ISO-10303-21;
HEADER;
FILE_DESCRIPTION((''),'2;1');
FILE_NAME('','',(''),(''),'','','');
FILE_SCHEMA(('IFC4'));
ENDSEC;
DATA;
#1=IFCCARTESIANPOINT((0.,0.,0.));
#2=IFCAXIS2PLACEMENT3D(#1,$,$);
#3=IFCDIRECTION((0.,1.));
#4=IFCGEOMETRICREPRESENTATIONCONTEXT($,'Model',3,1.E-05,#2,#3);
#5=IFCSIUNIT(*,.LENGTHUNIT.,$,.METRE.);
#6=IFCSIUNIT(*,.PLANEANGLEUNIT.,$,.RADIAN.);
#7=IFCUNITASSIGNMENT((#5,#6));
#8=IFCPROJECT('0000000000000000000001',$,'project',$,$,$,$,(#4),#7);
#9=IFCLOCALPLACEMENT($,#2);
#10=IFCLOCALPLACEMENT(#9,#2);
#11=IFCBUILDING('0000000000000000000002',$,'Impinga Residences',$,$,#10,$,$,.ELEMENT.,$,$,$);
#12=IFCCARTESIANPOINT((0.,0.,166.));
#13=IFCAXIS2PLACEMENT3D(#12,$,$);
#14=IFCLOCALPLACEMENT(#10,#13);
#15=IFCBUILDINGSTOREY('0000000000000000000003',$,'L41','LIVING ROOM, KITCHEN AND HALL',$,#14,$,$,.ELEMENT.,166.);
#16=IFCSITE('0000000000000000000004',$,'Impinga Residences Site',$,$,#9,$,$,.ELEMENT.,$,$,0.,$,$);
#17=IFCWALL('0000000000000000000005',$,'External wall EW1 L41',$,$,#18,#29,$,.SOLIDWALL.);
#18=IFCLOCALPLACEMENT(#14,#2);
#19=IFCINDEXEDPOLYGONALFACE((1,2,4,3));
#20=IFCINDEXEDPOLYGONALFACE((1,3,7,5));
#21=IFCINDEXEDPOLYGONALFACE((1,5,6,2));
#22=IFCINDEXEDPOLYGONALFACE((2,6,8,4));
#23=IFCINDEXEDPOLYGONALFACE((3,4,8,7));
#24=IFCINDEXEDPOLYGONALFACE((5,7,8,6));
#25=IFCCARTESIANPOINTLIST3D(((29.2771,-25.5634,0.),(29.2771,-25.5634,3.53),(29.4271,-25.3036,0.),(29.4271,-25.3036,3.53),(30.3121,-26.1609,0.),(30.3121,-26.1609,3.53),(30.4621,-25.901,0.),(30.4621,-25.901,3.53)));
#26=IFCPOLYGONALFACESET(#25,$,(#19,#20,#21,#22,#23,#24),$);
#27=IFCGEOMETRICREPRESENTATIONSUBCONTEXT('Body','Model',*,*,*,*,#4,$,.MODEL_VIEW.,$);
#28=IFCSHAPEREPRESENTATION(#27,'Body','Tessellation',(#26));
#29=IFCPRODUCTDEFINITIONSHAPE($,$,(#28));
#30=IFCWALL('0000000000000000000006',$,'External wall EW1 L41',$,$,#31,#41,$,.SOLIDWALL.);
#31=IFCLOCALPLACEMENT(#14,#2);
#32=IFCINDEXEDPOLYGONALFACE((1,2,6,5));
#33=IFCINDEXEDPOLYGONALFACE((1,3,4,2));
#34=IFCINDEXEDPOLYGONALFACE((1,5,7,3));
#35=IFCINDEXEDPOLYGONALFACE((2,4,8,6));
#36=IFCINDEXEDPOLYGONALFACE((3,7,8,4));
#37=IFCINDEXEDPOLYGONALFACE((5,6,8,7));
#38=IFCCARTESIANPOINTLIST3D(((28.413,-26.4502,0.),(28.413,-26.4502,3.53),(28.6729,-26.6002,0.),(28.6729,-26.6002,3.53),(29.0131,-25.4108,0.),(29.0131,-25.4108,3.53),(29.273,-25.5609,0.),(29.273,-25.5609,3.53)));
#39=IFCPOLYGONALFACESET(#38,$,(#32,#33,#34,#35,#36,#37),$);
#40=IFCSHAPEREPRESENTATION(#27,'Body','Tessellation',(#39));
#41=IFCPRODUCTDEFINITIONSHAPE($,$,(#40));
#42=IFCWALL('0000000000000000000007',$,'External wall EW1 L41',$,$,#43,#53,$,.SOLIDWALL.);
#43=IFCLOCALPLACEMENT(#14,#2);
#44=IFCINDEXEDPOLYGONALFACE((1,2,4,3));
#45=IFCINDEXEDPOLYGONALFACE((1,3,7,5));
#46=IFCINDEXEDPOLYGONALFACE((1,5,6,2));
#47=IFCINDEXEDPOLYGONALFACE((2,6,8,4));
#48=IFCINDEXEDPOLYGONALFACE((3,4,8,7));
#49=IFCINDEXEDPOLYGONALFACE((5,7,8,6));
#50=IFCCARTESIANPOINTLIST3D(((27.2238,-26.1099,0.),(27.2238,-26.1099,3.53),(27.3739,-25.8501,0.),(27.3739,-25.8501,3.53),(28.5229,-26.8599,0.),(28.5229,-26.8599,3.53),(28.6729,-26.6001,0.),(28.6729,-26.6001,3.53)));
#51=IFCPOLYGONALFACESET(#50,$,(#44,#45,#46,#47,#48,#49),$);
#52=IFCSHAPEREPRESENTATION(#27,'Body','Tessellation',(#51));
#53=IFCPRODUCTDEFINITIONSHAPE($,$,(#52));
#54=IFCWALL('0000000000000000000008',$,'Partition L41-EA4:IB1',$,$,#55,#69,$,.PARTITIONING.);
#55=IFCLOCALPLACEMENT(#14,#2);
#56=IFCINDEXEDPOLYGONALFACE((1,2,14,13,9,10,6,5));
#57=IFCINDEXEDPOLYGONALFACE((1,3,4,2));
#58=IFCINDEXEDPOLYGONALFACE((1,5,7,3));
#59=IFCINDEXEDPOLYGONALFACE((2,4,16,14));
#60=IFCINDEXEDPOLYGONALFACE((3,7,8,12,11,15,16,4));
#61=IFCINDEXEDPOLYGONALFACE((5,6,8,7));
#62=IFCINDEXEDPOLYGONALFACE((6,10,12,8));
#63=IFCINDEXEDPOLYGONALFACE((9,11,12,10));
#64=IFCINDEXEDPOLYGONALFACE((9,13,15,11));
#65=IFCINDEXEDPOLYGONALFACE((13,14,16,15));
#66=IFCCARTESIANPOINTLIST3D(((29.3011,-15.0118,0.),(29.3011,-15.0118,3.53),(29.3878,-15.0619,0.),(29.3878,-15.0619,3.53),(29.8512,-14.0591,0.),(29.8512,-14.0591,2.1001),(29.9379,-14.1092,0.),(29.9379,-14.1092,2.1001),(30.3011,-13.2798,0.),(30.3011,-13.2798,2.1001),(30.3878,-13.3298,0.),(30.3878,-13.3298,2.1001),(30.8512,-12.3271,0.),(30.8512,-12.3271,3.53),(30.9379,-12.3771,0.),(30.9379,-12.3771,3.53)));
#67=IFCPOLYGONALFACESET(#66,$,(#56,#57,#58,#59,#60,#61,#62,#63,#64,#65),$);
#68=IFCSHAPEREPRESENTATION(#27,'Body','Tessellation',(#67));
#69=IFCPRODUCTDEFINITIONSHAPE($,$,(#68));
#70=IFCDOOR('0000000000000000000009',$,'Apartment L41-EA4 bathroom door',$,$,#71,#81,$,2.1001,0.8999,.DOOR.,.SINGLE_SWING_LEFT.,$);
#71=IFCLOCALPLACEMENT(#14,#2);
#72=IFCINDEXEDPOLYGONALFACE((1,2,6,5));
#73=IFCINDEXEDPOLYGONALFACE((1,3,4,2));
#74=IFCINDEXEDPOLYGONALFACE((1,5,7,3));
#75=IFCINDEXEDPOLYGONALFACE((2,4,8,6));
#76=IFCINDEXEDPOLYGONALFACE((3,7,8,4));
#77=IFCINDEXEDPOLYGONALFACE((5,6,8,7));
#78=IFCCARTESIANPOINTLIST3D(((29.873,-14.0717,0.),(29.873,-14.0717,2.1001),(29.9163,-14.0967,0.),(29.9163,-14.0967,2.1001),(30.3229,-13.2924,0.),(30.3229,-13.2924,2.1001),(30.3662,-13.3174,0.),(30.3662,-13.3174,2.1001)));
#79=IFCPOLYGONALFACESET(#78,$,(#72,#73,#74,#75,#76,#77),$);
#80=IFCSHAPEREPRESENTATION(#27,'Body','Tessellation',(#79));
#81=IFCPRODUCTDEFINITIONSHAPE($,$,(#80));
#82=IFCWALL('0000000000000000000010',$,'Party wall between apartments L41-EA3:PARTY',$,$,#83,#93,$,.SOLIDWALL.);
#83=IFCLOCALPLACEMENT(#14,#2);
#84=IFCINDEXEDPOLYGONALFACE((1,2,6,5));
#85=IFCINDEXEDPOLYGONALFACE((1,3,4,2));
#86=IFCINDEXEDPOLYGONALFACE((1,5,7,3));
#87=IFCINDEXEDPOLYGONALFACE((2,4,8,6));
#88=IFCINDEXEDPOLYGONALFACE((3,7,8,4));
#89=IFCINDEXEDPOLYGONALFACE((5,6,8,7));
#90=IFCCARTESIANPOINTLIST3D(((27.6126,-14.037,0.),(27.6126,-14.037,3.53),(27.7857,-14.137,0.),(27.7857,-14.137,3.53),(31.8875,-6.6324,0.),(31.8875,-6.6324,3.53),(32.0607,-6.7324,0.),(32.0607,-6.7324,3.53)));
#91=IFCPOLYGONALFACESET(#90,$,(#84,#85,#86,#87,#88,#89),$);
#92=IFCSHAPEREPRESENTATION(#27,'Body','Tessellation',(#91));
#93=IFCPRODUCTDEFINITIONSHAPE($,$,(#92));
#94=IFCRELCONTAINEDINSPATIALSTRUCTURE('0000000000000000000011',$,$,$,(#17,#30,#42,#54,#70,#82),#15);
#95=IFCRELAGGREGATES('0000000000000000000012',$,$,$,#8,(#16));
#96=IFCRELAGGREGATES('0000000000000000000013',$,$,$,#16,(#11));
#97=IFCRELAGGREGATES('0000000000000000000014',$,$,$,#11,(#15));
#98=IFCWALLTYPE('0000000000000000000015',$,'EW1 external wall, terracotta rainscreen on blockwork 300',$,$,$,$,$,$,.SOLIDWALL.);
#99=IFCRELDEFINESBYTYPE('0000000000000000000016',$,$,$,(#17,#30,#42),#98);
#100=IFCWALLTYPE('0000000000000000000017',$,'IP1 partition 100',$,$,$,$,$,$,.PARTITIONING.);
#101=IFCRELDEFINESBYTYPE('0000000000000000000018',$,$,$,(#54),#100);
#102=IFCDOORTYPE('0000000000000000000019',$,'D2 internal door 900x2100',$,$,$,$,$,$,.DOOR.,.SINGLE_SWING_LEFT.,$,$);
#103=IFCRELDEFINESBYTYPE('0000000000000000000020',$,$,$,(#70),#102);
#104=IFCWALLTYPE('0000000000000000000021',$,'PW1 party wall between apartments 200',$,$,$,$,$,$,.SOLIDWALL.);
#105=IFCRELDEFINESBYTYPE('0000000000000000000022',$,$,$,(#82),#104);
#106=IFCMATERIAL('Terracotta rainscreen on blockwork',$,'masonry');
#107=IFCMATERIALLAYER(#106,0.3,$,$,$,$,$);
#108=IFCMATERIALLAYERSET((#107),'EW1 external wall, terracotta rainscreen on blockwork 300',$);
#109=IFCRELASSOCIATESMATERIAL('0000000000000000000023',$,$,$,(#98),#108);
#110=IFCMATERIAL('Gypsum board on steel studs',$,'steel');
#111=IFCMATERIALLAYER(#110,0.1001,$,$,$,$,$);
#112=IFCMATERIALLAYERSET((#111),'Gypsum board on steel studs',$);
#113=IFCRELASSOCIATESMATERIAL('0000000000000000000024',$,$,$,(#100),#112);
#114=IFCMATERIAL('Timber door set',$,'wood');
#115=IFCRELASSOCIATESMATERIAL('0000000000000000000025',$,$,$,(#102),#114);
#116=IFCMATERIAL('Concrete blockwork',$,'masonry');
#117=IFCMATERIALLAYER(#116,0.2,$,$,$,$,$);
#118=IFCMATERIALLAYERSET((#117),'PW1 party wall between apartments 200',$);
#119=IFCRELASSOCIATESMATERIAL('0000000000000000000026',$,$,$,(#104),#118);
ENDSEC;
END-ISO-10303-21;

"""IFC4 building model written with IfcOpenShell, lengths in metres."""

from ifc_helpers import new_model, si_unit, direction, frame, frame_2d, origin, place, context, subcontext, project, spatial, rectangle, extrude, material, layer, layer_set, type_object, element, fill, save


model = new_model("IFC4")

# Units and contexts
model_context = context("Model", 3, precision=1e-05, world=origin(), true_north=direction((0.0, 1.0)))
body_context = subcontext(model_context, "Body", "Model", "MODEL_VIEW")
ifc_project = project(units=[si_unit("LENGTHUNIT", "METRE"), si_unit("PLANEANGLEUNIT", "RADIAN")], contexts=[model_context])

# Site, building, storey
site_placement = place(None, origin())
site = spatial("IfcSite", under=ifc_project, at=site_placement, Name="Impinga Residences Site", CompositionType="ELEMENT", RefElevation=0.0)
building_placement = place(site_placement, origin())
building = spatial("IfcBuilding", under=site, at=building_placement, Name="Impinga Residences", CompositionType="ELEMENT")
storey_placement = place(building_placement, frame((0.0, 0.0, 166.0)))
storey = spatial("IfcBuildingStorey", under=building, at=storey_placement, Name="L41", Description="LIVING ROOM, KITCHEN AND HALL", CompositionType="ELEMENT", Elevation=166.0)

# Shared definitions
ifc_material_1 = material(Name="Terracotta rainscreen on blockwork", Category="masonry")
ifc_layer_1 = layer(ifc_material_1, 0.3)
ifc_layer_set_1 = layer_set([ifc_layer_1], Name="EW1 external wall, terracotta rainscreen on blockwork 300")
wall_type_1 = type_object("IfcWallType", Name="EW1 external wall, terracotta rainscreen on blockwork 300", PredefinedType="SOLIDWALL", material=ifc_layer_set_1)

# Walls
wall_1_placement = place(storey_placement, frame((30.3872, -26.031, 0.0), z_axis=(0.0, 0.0, 1.0), x_axis=(-0.86606, 0.499941, 0.0)))
element("IfcWall", 1, at=wall_1_placement, inside=storey, type_object=wall_type_1, Name="External wall EW1 L41", PredefinedType="SOLIDWALL", context=body_context, shape_type="SweptSolid", body=[
    extrude(rectangle(XDim=1.1951, YDim=0.3, at=frame_2d((0.5977, 0.0))), origin(), (0.0, 0.0, 1.0), 3.53),
])
wall_2_placement = place(storey_placement, frame((29.1431, -25.4858, 0.0), z_axis=(0.0, 0.0, 1.0), x_axis=(-0.500034, -0.866006, 0.0)))
element("IfcWall", 2, at=wall_2_placement, inside=storey, type_object=wall_type_1, Name="External wall EW1 L41", PredefinedType="SOLIDWALL", context=body_context, shape_type="SweptSolid", body=[
    extrude(rectangle(XDim=1.2002, YDim=0.3, at=frame_2d((0.6001, 0.0))), origin(), (0.0, 0.0, 1.0), 3.53),
])
wall_3_placement = place(storey_placement, frame((28.5979, -26.73, 0.0), z_axis=(0.0, 0.0, 1.0), x_axis=(-0.866031, 0.49999, 0.0)))
element("IfcWall", 3, at=wall_3_placement, inside=storey, type_object=wall_type_1, Name="External wall EW1 L41", PredefinedType="SOLIDWALL", context=body_context, shape_type="SweptSolid", body=[
    extrude(rectangle(XDim=1.5, YDim=0.3, at=frame_2d((0.75, 0.0))), origin(), (0.0, 0.0, 1.0), 3.53),
])

# Wall, opening, door
ifc_material_2 = material(Name="Gypsum board on steel studs", Category="steel")
ifc_layer_2 = layer(ifc_material_2, 0.1001)
ifc_layer_set_2 = layer_set([ifc_layer_2], Name="Gypsum board on steel studs")
wall_type_2 = type_object("IfcWallType", Name="IP1 partition 100", PredefinedType="PARTITIONING", material=ifc_layer_set_2)
wall_4_placement = place(storey_placement, frame((29.3445, -15.0369, 0.0), z_axis=(0.0, 0.0, 1.0), x_axis=(0.499993, 0.86603, 0.0)))
wall_4 = element("IfcWall", 4, at=wall_4_placement, inside=storey, type_object=wall_type_2, Name="Partition L41-EA4:IB1", PredefinedType="PARTITIONING", context=body_context, shape_type="SweptSolid", body=[
    extrude(rectangle(XDim=3.1001, YDim=0.1001, at=frame_2d((1.55, 0.0))), origin(), (0.0, 0.0, 1.0), 3.53),
])
opening_1_placement = place(wall_4_placement, frame((1.1001, 0.0, 0.0)))
opening_1 = element("IfcOpeningElement", 5, at=opening_1_placement, cuts=wall_4, PredefinedType="OPENING", context=body_context, shape_type="SweptSolid", body=[
    extrude(rectangle(XDim=0.8999, YDim=2.1001, at=frame_2d((0.45, 1.05))), frame((0.0, 0.0601, 0.0), z_axis=(0.0, -1.0, 0.0), x_axis=(1.0, 0.0, 0.0)), (0.0, 0.0, 1.0), 0.1201),
])
ifc_material_3 = material(Name="Timber door set", Category="wood")
door_type = type_object("IfcDoorType", Name="D2 internal door 900x2100", OperationType="SINGLE_SWING_LEFT", PredefinedType="DOOR", material=ifc_material_3)
door_placement = place(opening_1_placement, origin())
door = element("IfcDoor", 6, at=door_placement, inside=storey, type_object=door_type, Name="Apartment L41-EA4 bathroom door", OperationType="SINGLE_SWING_LEFT", OverallHeight=2.1001, OverallWidth=0.8999, PredefinedType="DOOR", context=body_context, shape_type="SweptSolid", body=[
    extrude(rectangle(XDim=0.8999, YDim=2.1001, at=frame_2d((0.45, 1.05))), frame((0.0, 0.0249, 0.0), z_axis=(0.0, -1.0, 0.0), x_axis=(1.0, 0.0, 0.0)), (0.0, 0.0, 1.0), 0.05),
])
fill(opening_1, door)

# Wall
ifc_material_4 = material(Name="Concrete blockwork", Category="masonry")
ifc_layer_3 = layer(ifc_material_4, 0.2)
ifc_layer_set_3 = layer_set([ifc_layer_3], Name="PW1 party wall between apartments 200")
wall_type_3 = type_object("IfcWallType", Name="PW1 party wall between apartments 200", PredefinedType="SOLIDWALL", material=ifc_layer_set_3)
wall_5_placement = place(storey_placement, frame((27.6992, -14.0869, 0.0), z_axis=(0.0, 0.0, 1.0), x_axis=(0.49999, 0.866031, 0.0)))
element("IfcWall", 7, at=wall_5_placement, inside=storey, type_object=wall_type_3, Name="Party wall between apartments L41-EA3:PARTY", PredefinedType="SOLIDWALL", context=body_context, shape_type="SweptSolid", body=[
    extrude(rectangle(XDim=8.55, YDim=0.2, at=frame_2d((4.2749, 0.0))), origin(), (0.0, 0.0, 1.0), 3.53),
])

save(model, "model.ifc")
